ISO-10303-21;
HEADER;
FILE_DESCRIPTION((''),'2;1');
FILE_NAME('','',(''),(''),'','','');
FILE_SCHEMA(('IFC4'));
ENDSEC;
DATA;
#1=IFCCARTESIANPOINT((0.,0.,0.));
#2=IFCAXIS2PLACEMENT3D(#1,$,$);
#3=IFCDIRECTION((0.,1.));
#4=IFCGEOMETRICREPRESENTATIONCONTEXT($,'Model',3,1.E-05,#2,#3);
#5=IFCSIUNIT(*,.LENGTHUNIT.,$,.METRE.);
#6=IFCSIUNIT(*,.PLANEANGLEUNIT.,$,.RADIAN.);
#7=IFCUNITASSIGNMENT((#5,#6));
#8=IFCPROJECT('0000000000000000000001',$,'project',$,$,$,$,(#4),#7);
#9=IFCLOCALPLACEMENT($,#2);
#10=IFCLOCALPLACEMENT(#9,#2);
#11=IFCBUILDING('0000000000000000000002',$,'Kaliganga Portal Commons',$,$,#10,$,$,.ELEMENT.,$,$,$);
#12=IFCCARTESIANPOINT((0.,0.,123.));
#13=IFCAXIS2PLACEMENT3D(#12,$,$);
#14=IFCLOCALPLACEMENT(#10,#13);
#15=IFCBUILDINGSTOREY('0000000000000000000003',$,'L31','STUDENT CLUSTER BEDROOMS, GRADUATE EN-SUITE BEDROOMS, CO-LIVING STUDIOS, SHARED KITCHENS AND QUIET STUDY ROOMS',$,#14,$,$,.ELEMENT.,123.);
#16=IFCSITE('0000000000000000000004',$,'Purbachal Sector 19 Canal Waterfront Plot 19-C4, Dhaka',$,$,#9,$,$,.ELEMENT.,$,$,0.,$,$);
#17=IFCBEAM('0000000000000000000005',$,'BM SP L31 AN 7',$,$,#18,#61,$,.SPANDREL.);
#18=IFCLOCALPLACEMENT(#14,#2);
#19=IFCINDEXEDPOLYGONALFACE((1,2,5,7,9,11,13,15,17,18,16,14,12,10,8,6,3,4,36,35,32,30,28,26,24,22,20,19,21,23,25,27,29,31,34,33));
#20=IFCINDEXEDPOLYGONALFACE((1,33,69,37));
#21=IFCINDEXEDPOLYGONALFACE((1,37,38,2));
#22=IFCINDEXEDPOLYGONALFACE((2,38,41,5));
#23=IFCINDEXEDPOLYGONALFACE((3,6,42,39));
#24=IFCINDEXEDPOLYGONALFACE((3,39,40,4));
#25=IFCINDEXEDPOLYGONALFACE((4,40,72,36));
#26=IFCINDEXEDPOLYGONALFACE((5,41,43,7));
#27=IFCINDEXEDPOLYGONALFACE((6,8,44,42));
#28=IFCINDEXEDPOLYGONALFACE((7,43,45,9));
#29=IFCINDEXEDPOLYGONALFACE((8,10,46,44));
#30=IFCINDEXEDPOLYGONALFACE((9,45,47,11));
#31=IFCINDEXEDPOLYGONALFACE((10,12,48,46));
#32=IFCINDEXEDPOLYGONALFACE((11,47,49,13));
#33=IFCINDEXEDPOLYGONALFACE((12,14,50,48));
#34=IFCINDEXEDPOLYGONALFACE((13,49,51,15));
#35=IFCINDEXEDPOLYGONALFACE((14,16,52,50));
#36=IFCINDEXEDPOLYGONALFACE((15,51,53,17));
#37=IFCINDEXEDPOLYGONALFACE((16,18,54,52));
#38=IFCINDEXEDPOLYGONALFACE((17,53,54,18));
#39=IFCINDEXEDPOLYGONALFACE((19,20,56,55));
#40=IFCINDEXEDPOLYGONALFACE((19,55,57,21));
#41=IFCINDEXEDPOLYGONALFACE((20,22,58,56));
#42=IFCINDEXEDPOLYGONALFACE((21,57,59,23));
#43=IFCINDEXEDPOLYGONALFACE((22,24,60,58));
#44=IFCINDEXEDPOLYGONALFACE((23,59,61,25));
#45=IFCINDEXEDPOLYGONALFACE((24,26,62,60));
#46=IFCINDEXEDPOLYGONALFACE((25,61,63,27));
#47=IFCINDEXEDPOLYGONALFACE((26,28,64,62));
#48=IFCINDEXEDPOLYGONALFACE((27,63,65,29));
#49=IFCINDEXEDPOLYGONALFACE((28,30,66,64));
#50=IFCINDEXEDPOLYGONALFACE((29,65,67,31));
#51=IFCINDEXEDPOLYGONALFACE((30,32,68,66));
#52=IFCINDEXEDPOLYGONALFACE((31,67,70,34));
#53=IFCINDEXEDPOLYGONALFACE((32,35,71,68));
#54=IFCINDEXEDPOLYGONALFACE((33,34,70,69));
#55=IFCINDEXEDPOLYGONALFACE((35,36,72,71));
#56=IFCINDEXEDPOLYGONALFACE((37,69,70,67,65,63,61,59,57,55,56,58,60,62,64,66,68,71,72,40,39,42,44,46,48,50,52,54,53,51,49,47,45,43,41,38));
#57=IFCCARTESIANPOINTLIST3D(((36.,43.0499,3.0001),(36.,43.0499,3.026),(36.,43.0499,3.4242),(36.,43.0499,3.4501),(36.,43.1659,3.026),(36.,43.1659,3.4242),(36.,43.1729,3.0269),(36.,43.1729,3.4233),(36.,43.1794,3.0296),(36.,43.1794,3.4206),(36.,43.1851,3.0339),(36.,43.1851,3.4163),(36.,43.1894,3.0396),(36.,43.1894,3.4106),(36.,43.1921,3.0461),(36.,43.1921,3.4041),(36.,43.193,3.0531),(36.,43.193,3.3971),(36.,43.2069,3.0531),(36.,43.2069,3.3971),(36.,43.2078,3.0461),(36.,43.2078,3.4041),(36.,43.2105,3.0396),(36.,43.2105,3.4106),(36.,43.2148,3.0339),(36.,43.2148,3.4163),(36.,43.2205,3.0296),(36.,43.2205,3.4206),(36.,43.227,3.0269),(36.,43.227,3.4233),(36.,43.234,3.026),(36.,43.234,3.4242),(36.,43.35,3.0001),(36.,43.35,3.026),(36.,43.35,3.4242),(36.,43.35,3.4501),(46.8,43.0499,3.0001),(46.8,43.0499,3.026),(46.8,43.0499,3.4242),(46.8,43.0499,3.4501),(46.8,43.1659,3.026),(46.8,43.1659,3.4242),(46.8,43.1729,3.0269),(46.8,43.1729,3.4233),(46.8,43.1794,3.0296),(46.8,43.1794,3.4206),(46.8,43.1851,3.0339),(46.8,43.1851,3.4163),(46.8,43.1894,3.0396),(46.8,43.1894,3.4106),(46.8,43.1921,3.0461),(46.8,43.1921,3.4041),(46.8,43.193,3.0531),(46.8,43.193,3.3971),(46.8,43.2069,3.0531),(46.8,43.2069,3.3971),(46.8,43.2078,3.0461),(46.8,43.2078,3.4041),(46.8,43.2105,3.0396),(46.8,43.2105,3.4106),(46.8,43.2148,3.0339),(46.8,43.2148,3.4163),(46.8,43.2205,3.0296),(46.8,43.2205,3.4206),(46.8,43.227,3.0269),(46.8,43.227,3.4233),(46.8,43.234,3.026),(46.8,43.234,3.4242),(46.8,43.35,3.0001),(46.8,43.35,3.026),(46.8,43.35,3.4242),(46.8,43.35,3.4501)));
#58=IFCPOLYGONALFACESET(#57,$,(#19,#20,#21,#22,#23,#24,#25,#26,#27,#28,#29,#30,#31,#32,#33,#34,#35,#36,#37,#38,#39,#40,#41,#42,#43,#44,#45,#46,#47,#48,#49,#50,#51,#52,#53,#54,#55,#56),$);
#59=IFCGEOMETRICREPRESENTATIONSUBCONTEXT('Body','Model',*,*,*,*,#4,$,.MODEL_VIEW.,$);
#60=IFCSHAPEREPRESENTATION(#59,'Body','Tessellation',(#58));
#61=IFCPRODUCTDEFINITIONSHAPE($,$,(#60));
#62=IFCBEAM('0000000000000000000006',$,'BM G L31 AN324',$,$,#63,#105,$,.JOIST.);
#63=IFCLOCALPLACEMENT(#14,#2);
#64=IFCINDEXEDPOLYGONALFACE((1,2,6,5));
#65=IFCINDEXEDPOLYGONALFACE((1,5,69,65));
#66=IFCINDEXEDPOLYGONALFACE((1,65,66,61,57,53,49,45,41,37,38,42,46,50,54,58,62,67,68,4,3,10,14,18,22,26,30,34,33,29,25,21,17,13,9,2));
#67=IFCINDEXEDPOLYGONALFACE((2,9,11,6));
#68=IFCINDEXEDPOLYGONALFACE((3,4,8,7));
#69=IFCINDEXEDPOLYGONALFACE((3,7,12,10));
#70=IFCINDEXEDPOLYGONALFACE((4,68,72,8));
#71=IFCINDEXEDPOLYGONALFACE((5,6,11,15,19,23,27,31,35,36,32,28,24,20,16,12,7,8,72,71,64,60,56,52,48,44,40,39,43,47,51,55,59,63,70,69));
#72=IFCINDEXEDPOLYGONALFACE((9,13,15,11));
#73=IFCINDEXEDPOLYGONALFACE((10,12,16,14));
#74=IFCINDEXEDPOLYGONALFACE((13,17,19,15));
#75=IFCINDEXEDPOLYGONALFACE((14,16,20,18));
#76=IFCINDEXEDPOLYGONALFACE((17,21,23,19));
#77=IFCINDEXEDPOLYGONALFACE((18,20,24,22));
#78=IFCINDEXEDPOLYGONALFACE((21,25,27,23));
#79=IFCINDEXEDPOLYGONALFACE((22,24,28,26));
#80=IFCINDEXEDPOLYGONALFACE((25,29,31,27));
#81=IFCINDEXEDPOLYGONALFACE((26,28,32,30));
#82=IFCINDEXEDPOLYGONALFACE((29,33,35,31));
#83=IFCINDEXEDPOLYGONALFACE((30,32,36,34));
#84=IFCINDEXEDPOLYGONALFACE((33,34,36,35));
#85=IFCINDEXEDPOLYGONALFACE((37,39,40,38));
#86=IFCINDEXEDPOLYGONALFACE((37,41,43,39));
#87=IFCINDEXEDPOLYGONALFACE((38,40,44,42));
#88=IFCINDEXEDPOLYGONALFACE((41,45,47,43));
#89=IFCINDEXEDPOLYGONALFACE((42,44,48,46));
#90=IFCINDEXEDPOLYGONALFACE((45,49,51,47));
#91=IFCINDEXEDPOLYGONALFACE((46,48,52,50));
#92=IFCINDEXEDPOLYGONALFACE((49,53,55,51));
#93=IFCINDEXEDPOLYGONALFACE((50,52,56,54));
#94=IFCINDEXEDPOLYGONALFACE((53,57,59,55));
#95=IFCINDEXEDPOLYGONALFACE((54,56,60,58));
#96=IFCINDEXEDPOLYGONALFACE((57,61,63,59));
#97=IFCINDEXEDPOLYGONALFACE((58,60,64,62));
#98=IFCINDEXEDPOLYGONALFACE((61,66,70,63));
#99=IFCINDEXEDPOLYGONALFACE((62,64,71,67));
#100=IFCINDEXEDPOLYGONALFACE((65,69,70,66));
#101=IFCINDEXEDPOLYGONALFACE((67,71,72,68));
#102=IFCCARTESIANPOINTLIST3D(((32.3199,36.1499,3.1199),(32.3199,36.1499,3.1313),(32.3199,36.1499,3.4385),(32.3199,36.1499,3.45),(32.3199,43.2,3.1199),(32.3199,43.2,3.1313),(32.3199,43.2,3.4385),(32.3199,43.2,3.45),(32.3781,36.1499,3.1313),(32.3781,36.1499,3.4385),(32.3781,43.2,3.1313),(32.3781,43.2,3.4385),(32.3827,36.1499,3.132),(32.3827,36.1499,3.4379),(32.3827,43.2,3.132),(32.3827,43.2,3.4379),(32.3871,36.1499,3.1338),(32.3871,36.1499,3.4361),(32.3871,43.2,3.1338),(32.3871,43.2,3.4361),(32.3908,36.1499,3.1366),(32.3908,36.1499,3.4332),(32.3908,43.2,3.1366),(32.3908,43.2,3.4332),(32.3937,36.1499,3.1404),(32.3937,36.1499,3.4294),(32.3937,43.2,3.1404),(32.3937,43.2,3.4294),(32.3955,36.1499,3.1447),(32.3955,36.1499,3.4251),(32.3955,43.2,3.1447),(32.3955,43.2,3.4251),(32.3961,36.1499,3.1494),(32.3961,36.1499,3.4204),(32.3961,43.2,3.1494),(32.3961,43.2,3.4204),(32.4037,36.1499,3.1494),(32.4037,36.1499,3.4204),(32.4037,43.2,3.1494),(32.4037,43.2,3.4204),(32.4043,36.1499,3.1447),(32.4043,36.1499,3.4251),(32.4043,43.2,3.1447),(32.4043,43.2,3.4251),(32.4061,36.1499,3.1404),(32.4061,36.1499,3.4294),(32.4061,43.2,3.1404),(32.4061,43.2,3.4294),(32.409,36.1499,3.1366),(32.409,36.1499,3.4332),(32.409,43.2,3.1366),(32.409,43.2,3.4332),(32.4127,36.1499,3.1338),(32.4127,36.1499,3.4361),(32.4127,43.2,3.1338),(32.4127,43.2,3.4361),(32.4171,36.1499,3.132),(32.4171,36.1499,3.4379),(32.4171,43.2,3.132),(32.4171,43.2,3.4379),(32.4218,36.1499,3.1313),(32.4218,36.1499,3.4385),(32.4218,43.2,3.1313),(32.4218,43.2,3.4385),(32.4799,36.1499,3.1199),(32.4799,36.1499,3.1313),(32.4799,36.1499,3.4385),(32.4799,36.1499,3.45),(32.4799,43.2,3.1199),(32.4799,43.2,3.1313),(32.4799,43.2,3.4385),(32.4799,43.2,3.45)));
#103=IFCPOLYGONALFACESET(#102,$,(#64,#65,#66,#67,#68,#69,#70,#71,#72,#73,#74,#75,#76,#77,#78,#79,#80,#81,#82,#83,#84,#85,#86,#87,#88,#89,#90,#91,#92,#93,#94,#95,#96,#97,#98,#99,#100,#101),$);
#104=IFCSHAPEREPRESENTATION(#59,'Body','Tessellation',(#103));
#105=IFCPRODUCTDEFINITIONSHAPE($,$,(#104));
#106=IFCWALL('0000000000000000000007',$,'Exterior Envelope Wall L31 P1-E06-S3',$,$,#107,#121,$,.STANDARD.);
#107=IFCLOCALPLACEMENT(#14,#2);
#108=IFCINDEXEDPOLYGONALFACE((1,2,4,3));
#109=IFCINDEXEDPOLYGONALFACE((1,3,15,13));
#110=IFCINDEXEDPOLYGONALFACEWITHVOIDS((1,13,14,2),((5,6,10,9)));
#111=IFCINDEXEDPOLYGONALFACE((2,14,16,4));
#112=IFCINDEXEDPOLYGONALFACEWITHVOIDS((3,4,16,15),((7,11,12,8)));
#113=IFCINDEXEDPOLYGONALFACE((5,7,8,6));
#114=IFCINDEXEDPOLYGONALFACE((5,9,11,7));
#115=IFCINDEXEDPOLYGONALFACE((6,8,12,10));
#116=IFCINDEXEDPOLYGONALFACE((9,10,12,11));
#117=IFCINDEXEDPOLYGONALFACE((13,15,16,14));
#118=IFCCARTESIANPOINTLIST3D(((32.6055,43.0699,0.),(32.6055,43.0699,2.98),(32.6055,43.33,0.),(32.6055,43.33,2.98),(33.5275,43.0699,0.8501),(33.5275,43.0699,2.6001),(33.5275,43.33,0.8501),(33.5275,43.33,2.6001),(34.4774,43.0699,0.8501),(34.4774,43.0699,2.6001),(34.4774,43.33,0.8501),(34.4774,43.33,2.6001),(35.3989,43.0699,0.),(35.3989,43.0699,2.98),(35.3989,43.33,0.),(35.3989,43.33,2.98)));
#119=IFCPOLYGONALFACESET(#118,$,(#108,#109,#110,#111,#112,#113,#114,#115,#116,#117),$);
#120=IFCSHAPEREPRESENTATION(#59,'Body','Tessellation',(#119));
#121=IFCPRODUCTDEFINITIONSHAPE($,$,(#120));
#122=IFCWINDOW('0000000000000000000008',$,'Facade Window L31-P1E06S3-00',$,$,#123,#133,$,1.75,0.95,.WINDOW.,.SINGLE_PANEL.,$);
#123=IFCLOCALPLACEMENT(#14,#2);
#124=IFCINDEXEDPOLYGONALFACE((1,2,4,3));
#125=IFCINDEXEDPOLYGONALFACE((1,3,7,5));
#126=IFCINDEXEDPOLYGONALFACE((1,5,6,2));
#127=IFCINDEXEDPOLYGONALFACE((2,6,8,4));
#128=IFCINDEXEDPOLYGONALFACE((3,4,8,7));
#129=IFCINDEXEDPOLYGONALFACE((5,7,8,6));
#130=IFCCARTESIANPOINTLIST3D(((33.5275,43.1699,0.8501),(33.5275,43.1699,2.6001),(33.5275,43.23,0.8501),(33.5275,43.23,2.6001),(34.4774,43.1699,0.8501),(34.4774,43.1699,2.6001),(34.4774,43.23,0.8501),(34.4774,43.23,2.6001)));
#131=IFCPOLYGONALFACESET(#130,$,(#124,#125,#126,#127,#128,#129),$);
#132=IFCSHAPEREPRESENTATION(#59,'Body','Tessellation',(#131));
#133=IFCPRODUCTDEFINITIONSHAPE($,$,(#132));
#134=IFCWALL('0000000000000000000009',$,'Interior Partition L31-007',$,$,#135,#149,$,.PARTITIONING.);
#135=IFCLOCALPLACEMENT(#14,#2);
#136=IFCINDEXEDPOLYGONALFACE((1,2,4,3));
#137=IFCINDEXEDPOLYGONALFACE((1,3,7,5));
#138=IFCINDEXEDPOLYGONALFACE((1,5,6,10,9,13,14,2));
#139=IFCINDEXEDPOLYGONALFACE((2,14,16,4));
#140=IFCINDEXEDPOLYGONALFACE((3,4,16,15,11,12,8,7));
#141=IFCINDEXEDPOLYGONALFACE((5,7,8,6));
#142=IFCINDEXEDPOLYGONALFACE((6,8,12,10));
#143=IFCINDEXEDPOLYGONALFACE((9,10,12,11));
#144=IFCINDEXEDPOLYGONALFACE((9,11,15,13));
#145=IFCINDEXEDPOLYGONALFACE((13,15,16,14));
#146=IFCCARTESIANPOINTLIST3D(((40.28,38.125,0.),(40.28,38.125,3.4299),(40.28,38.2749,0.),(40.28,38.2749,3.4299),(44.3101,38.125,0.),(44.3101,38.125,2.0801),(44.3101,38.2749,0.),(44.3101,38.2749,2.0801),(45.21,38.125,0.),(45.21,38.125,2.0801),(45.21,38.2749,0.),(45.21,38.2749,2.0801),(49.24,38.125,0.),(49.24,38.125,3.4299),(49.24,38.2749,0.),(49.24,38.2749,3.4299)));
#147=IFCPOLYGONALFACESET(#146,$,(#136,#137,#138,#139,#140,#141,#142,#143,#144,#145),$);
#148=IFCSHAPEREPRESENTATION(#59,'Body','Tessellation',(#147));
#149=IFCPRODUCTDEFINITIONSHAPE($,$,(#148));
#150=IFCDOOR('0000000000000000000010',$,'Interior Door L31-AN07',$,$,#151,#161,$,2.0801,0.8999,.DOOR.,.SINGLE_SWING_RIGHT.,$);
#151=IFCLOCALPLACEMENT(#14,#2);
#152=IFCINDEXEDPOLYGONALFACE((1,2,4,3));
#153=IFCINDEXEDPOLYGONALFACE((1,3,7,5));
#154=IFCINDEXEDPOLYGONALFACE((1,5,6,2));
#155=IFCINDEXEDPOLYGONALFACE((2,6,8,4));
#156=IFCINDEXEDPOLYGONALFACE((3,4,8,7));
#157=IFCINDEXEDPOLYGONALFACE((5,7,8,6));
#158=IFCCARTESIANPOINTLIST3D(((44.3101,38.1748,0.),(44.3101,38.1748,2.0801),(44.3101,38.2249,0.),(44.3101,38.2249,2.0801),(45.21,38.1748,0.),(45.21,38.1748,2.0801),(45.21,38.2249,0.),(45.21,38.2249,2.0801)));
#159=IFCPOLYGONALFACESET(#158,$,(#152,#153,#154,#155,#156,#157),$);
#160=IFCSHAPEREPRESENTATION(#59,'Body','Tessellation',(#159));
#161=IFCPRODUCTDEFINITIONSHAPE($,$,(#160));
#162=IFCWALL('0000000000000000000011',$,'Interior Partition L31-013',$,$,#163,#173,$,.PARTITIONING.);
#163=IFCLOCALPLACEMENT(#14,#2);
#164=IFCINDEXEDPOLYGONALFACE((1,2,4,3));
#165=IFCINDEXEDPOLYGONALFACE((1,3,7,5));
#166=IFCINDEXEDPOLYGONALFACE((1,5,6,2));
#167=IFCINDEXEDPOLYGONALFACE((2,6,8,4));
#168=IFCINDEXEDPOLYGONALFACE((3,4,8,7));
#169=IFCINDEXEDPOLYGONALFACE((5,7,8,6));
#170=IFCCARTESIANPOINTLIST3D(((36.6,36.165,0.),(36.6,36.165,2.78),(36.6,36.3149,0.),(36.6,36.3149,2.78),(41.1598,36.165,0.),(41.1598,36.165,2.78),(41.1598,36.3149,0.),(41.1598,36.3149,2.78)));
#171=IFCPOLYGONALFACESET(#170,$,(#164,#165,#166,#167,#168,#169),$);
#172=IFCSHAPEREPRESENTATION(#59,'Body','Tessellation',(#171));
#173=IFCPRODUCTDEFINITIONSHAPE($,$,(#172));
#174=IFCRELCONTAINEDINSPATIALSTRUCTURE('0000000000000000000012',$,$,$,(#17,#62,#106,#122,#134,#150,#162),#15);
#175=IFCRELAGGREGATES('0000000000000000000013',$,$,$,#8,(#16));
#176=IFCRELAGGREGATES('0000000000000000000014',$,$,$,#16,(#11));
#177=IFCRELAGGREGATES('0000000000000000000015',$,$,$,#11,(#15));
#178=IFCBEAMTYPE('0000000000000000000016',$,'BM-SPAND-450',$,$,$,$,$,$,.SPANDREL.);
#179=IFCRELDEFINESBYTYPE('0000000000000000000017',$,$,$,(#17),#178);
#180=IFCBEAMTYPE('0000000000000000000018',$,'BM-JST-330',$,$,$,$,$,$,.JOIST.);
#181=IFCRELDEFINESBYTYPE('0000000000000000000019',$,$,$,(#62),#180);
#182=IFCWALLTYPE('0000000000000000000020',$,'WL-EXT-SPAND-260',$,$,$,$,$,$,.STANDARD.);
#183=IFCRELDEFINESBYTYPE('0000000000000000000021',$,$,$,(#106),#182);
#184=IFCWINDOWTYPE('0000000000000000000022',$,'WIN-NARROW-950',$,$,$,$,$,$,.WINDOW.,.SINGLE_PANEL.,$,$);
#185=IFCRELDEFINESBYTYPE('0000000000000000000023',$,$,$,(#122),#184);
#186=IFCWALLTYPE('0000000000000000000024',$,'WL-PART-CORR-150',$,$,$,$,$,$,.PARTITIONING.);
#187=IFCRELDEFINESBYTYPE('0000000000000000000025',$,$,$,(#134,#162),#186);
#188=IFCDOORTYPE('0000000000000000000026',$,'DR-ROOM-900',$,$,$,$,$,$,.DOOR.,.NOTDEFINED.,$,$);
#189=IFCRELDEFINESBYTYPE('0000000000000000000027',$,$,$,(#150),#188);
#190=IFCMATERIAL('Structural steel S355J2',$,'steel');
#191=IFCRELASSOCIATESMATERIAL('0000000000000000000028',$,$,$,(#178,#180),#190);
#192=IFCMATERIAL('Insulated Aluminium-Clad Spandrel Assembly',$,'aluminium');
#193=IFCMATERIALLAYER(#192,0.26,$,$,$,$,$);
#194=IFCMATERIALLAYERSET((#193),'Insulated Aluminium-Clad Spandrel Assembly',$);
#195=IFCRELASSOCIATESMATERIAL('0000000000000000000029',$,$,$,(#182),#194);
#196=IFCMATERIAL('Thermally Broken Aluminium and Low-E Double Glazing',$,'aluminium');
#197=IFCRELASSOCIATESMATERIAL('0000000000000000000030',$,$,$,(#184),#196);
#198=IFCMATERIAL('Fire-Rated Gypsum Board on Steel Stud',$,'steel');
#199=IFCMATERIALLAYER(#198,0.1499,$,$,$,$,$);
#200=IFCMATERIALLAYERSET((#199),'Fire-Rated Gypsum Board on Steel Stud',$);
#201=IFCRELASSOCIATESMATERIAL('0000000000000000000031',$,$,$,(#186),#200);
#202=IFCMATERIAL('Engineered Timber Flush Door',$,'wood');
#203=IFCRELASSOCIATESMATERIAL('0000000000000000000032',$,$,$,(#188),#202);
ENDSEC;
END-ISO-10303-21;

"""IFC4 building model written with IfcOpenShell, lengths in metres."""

from ifc_helpers import new_model, si_unit, direction, frame, frame_2d, origin, origin_2d, place, context, subcontext, project, spatial, rectangle, i_section, extrude, source, transform, mapped, material, layer, layer_set, material_profile, profile_set, type_object, element, fill, save


model = new_model("IFC4")

# Units and contexts
model_context = context("Model", 3, precision=1e-05, world=origin(), true_north=direction((0.0, 1.0)))
body_context = subcontext(model_context, "Body", "Model", "MODEL_VIEW")
ifc_project = project(units=[si_unit("LENGTHUNIT", "METRE"), si_unit("PLANEANGLEUNIT", "RADIAN")], contexts=[model_context])

# Site, building, storey
site_placement = place(None, origin())
site = spatial("IfcSite", under=ifc_project, at=site_placement, Name="Purbachal Sector 19 Canal Waterfront Plot 19-C4, Dhaka", CompositionType="ELEMENT", RefElevation=0.0)
building_placement = place(site_placement, origin())
building = spatial("IfcBuilding", under=site, at=building_placement, Name="Kaliganga Portal Commons", CompositionType="ELEMENT")
storey_placement = place(building_placement, frame((0.0, 0.0, 123.0)))
storey = spatial("IfcBuildingStorey", under=building, at=storey_placement, Name="L31", Description="STUDENT CLUSTER BEDROOMS, GRADUATE EN-SUITE BEDROOMS, CO-LIVING STUDIOS, SHARED KITCHENS AND QUIET STUDY ROOMS", CompositionType="ELEMENT", Elevation=123.0)

# Beams
ifc_material_1 = material(Name="Structural steel S355J2", Category="steel")
ifc_material_profile_1 = material_profile(ifc_material_1, i_section(OverallWidth=0.3, OverallDepth=0.45, WebThickness=0.0139, FlangeThickness=0.0259, FilletRadius=0.0271, at=origin_2d()), Name="HE 450 B")
ifc_profile_set_1 = profile_set([ifc_material_profile_1], Name="Structural steel S355J2 wide-flange")
beam_type_1 = type_object("IfcBeamType", Name="BM-SPAND-450", PredefinedType="SPANDREL", material=ifc_profile_set_1)
shared_shape_1 = source(origin(), body_context, "Body", "SweptSolid", [
    extrude(i_section(OverallWidth=0.3, OverallDepth=0.45, WebThickness=0.0139, FlangeThickness=0.0259, FilletRadius=0.0271, at=origin_2d()), origin(), (0.0, 0.0, 1.0), 10.8),
])
beam_1_placement = place(storey_placement, frame((36.0, 43.2, 3.2251), z_axis=(1.0, 0.0, 0.0), x_axis=(0.0, 1.0, 0.0)))
element("IfcBeam", 1, at=beam_1_placement, inside=storey, type_object=beam_type_1, Name="BM SP L31 AN 7", PredefinedType="SPANDREL", context=body_context, shape_type="MappedRepresentation", body=[
    mapped(shared_shape_1, transform((0.0, 0.0, 0.0), x_axis=(1.0, 0.0, 0.0), y_axis=(0.0, 1.0, 0.0), z_axis=(0.0, 0.0, 1.0), scale=1.0)),
])
ifc_material_profile_2 = material_profile(ifc_material_1, i_section(OverallWidth=0.1599, OverallDepth=0.3301, WebThickness=0.0076, FlangeThickness=0.0115, FilletRadius=0.0181, at=origin_2d()), Name="IPE 330")
ifc_profile_set_2 = profile_set([ifc_material_profile_2], Name="Structural steel S355J2 wide-flange")
beam_type_2 = type_object("IfcBeamType", Name="BM-JST-330", PredefinedType="JOIST", material=ifc_profile_set_2)
shared_shape_2 = source(origin(), body_context, "Body", "SweptSolid", [
    extrude(i_section(OverallWidth=0.1599, OverallDepth=0.3301, WebThickness=0.0076, FlangeThickness=0.0115, FilletRadius=0.0181, at=origin_2d()), origin(), (0.0, 0.0, 1.0), 7.05),
])
beam_2_placement = place(storey_placement, frame((32.3999, 36.1499, 3.2849), z_axis=(0.0, 1.0, 0.0), x_axis=(-1.0, 0.0, 0.0)))
element("IfcBeam", 2, at=beam_2_placement, inside=storey, type_object=beam_type_2, Name="BM G L31 AN324", PredefinedType="JOIST", context=body_context, shape_type="MappedRepresentation", body=[
    mapped(shared_shape_2, transform((0.0, 0.0, 0.0), x_axis=(1.0, 0.0, 0.0), y_axis=(0.0, 1.0, 0.0), z_axis=(0.0, 0.0, 1.0), scale=1.0)),
])

# Shared definitions
ifc_material_2 = material(Name="Insulated Aluminium-Clad Spandrel Assembly", Category="aluminium")
ifc_layer_1 = layer(ifc_material_2, 0.26)
ifc_layer_set_1 = layer_set([ifc_layer_1], Name="Insulated Aluminium-Clad Spandrel Assembly")
wall_type_1 = type_object("IfcWallType", Name="WL-EXT-SPAND-260", PredefinedType="STANDARD", material=ifc_layer_set_1)
ifc_material_3 = material(Name="Thermally Broken Aluminium and Low-E Double Glazing", Category="aluminium")

# Wall, opening, window
wall_1_placement = place(storey_placement, frame((32.6055, 43.2, 0.0), z_axis=(0.0, 0.0, 1.0), x_axis=(1.0, 0.0, 0.0)))
wall_1 = element("IfcWall", 3, at=wall_1_placement, inside=storey, type_object=wall_type_1, Name="Exterior Envelope Wall L31 P1-E06-S3", PredefinedType="STANDARD", context=body_context, shape_type="SweptSolid", body=[
    extrude(rectangle(XDim=2.7935, YDim=0.26, at=frame_2d((1.3967, 0.0))), origin(), (0.0, 0.0, 1.0), 2.98),
])
opening_1_placement = place(wall_1_placement, frame((0.9219, 0.0, 0.8501)))
opening_1 = element("IfcOpeningElement", 4, at=opening_1_placement, cuts=wall_1, PredefinedType="OPENING", context=body_context, shape_type="SweptSolid", body=[
    extrude(rectangle(XDim=0.95, YDim=1.75, at=frame_2d((0.4751, 0.875))), frame((0.0, 0.1401, 0.0), z_axis=(0.0, -1.0, 0.0), x_axis=(1.0, 0.0, 0.0)), (0.0, 0.0, 1.0), 0.28),
])
window_type_1 = type_object("IfcWindowType", Name="WIN-NARROW-950", PartitioningType="SINGLE_PANEL", PredefinedType="WINDOW", material=ifc_material_3)
window_1_placement = place(opening_1_placement, origin())
window_1 = element("IfcWindow", 5, at=window_1_placement, inside=storey, type_object=window_type_1, Name="Facade Window L31-P1E06S3-00", OverallHeight=1.75, OverallWidth=0.95, PartitioningType="SINGLE_PANEL", PredefinedType="WINDOW", context=body_context, shape_type="SweptSolid", body=[
    extrude(rectangle(XDim=0.95, YDim=1.75, at=frame_2d((0.4751, 0.875))), frame((0.0, 0.03, 0.0), z_axis=(0.0, -1.0, 0.0), x_axis=(1.0, 0.0, 0.0)), (0.0, 0.0, 1.0), 0.0601),
])
fill(opening_1, window_1)

# Wall, opening, door
ifc_material_4 = material(Name="Fire-Rated Gypsum Board on Steel Stud", Category="steel")
ifc_layer_2 = layer(ifc_material_4, 0.1499)
ifc_layer_set_2 = layer_set([ifc_layer_2], Name="Fire-Rated Gypsum Board on Steel Stud")
wall_type_2 = type_object("IfcWallType", Name="WL-PART-CORR-150", PredefinedType="PARTITIONING", material=ifc_layer_set_2)
wall_2_placement = place(storey_placement, frame((40.28, 38.2, 0.0), z_axis=(0.0, 0.0, 1.0), x_axis=(1.0, 0.0, 0.0)))
wall_2 = element("IfcWall", 6, at=wall_2_placement, inside=storey, type_object=wall_type_2, Name="Interior Partition L31-007", PredefinedType="PARTITIONING", context=body_context, shape_type="SweptSolid", body=[
    extrude(rectangle(XDim=8.96, YDim=0.1499, at=frame_2d((4.48, 0.0))), origin(), (0.0, 0.0, 1.0), 3.4299),
])
opening_2_placement = place(wall_2_placement, frame((4.03, 0.0, 0.0)))
opening_2 = element("IfcOpeningElement", 7, at=opening_2_placement, cuts=wall_2, PredefinedType="OPENING", context=body_context, shape_type="SweptSolid", body=[
    extrude(rectangle(XDim=0.8999, YDim=2.0801, at=frame_2d((0.45, 1.04))), frame((0.0, 0.085, 0.0), z_axis=(0.0, -1.0, 0.0), x_axis=(1.0, 0.0, 0.0)), (0.0, 0.0, 1.0), 0.1699),
])
ifc_material_5 = material(Name="Engineered Timber Flush Door", Category="wood")
door_type_1 = type_object("IfcDoorType", Name="DR-ROOM-900", OperationType="NOTDEFINED", PredefinedType="DOOR", material=ifc_material_5)
door_1_placement = place(opening_2_placement, origin())
door_1 = element("IfcDoor", 8, at=door_1_placement, inside=storey, type_object=door_type_1, Name="Interior Door L31-AN07", OperationType="SINGLE_SWING_RIGHT", OverallHeight=2.0801, OverallWidth=0.8999, PredefinedType="DOOR", context=body_context, shape_type="SweptSolid", body=[
    extrude(rectangle(XDim=0.8999, YDim=2.0801, at=frame_2d((0.45, 1.04))), frame((0.0, 0.0249, 0.0), z_axis=(0.0, -1.0, 0.0), x_axis=(1.0, 0.0, 0.0)), (0.0, 0.0, 1.0), 0.05),
])
fill(opening_2, door_1)

# Wall
wall_3_placement = place(storey_placement, frame((36.6001, 36.24, 0.0), z_axis=(0.0, 0.0, 1.0), x_axis=(1.0, 0.0, 0.0)))
element("IfcWall", 9, at=wall_3_placement, inside=storey, type_object=wall_type_2, Name="Interior Partition L31-013", PredefinedType="PARTITIONING", context=body_context, shape_type="SweptSolid", body=[
    extrude(rectangle(XDim=4.5598, YDim=0.1499, at=frame_2d((2.2798, 0.0))), origin(), (0.0, 0.0, 1.0), 2.78),
])

save(model, "model.ifc")
